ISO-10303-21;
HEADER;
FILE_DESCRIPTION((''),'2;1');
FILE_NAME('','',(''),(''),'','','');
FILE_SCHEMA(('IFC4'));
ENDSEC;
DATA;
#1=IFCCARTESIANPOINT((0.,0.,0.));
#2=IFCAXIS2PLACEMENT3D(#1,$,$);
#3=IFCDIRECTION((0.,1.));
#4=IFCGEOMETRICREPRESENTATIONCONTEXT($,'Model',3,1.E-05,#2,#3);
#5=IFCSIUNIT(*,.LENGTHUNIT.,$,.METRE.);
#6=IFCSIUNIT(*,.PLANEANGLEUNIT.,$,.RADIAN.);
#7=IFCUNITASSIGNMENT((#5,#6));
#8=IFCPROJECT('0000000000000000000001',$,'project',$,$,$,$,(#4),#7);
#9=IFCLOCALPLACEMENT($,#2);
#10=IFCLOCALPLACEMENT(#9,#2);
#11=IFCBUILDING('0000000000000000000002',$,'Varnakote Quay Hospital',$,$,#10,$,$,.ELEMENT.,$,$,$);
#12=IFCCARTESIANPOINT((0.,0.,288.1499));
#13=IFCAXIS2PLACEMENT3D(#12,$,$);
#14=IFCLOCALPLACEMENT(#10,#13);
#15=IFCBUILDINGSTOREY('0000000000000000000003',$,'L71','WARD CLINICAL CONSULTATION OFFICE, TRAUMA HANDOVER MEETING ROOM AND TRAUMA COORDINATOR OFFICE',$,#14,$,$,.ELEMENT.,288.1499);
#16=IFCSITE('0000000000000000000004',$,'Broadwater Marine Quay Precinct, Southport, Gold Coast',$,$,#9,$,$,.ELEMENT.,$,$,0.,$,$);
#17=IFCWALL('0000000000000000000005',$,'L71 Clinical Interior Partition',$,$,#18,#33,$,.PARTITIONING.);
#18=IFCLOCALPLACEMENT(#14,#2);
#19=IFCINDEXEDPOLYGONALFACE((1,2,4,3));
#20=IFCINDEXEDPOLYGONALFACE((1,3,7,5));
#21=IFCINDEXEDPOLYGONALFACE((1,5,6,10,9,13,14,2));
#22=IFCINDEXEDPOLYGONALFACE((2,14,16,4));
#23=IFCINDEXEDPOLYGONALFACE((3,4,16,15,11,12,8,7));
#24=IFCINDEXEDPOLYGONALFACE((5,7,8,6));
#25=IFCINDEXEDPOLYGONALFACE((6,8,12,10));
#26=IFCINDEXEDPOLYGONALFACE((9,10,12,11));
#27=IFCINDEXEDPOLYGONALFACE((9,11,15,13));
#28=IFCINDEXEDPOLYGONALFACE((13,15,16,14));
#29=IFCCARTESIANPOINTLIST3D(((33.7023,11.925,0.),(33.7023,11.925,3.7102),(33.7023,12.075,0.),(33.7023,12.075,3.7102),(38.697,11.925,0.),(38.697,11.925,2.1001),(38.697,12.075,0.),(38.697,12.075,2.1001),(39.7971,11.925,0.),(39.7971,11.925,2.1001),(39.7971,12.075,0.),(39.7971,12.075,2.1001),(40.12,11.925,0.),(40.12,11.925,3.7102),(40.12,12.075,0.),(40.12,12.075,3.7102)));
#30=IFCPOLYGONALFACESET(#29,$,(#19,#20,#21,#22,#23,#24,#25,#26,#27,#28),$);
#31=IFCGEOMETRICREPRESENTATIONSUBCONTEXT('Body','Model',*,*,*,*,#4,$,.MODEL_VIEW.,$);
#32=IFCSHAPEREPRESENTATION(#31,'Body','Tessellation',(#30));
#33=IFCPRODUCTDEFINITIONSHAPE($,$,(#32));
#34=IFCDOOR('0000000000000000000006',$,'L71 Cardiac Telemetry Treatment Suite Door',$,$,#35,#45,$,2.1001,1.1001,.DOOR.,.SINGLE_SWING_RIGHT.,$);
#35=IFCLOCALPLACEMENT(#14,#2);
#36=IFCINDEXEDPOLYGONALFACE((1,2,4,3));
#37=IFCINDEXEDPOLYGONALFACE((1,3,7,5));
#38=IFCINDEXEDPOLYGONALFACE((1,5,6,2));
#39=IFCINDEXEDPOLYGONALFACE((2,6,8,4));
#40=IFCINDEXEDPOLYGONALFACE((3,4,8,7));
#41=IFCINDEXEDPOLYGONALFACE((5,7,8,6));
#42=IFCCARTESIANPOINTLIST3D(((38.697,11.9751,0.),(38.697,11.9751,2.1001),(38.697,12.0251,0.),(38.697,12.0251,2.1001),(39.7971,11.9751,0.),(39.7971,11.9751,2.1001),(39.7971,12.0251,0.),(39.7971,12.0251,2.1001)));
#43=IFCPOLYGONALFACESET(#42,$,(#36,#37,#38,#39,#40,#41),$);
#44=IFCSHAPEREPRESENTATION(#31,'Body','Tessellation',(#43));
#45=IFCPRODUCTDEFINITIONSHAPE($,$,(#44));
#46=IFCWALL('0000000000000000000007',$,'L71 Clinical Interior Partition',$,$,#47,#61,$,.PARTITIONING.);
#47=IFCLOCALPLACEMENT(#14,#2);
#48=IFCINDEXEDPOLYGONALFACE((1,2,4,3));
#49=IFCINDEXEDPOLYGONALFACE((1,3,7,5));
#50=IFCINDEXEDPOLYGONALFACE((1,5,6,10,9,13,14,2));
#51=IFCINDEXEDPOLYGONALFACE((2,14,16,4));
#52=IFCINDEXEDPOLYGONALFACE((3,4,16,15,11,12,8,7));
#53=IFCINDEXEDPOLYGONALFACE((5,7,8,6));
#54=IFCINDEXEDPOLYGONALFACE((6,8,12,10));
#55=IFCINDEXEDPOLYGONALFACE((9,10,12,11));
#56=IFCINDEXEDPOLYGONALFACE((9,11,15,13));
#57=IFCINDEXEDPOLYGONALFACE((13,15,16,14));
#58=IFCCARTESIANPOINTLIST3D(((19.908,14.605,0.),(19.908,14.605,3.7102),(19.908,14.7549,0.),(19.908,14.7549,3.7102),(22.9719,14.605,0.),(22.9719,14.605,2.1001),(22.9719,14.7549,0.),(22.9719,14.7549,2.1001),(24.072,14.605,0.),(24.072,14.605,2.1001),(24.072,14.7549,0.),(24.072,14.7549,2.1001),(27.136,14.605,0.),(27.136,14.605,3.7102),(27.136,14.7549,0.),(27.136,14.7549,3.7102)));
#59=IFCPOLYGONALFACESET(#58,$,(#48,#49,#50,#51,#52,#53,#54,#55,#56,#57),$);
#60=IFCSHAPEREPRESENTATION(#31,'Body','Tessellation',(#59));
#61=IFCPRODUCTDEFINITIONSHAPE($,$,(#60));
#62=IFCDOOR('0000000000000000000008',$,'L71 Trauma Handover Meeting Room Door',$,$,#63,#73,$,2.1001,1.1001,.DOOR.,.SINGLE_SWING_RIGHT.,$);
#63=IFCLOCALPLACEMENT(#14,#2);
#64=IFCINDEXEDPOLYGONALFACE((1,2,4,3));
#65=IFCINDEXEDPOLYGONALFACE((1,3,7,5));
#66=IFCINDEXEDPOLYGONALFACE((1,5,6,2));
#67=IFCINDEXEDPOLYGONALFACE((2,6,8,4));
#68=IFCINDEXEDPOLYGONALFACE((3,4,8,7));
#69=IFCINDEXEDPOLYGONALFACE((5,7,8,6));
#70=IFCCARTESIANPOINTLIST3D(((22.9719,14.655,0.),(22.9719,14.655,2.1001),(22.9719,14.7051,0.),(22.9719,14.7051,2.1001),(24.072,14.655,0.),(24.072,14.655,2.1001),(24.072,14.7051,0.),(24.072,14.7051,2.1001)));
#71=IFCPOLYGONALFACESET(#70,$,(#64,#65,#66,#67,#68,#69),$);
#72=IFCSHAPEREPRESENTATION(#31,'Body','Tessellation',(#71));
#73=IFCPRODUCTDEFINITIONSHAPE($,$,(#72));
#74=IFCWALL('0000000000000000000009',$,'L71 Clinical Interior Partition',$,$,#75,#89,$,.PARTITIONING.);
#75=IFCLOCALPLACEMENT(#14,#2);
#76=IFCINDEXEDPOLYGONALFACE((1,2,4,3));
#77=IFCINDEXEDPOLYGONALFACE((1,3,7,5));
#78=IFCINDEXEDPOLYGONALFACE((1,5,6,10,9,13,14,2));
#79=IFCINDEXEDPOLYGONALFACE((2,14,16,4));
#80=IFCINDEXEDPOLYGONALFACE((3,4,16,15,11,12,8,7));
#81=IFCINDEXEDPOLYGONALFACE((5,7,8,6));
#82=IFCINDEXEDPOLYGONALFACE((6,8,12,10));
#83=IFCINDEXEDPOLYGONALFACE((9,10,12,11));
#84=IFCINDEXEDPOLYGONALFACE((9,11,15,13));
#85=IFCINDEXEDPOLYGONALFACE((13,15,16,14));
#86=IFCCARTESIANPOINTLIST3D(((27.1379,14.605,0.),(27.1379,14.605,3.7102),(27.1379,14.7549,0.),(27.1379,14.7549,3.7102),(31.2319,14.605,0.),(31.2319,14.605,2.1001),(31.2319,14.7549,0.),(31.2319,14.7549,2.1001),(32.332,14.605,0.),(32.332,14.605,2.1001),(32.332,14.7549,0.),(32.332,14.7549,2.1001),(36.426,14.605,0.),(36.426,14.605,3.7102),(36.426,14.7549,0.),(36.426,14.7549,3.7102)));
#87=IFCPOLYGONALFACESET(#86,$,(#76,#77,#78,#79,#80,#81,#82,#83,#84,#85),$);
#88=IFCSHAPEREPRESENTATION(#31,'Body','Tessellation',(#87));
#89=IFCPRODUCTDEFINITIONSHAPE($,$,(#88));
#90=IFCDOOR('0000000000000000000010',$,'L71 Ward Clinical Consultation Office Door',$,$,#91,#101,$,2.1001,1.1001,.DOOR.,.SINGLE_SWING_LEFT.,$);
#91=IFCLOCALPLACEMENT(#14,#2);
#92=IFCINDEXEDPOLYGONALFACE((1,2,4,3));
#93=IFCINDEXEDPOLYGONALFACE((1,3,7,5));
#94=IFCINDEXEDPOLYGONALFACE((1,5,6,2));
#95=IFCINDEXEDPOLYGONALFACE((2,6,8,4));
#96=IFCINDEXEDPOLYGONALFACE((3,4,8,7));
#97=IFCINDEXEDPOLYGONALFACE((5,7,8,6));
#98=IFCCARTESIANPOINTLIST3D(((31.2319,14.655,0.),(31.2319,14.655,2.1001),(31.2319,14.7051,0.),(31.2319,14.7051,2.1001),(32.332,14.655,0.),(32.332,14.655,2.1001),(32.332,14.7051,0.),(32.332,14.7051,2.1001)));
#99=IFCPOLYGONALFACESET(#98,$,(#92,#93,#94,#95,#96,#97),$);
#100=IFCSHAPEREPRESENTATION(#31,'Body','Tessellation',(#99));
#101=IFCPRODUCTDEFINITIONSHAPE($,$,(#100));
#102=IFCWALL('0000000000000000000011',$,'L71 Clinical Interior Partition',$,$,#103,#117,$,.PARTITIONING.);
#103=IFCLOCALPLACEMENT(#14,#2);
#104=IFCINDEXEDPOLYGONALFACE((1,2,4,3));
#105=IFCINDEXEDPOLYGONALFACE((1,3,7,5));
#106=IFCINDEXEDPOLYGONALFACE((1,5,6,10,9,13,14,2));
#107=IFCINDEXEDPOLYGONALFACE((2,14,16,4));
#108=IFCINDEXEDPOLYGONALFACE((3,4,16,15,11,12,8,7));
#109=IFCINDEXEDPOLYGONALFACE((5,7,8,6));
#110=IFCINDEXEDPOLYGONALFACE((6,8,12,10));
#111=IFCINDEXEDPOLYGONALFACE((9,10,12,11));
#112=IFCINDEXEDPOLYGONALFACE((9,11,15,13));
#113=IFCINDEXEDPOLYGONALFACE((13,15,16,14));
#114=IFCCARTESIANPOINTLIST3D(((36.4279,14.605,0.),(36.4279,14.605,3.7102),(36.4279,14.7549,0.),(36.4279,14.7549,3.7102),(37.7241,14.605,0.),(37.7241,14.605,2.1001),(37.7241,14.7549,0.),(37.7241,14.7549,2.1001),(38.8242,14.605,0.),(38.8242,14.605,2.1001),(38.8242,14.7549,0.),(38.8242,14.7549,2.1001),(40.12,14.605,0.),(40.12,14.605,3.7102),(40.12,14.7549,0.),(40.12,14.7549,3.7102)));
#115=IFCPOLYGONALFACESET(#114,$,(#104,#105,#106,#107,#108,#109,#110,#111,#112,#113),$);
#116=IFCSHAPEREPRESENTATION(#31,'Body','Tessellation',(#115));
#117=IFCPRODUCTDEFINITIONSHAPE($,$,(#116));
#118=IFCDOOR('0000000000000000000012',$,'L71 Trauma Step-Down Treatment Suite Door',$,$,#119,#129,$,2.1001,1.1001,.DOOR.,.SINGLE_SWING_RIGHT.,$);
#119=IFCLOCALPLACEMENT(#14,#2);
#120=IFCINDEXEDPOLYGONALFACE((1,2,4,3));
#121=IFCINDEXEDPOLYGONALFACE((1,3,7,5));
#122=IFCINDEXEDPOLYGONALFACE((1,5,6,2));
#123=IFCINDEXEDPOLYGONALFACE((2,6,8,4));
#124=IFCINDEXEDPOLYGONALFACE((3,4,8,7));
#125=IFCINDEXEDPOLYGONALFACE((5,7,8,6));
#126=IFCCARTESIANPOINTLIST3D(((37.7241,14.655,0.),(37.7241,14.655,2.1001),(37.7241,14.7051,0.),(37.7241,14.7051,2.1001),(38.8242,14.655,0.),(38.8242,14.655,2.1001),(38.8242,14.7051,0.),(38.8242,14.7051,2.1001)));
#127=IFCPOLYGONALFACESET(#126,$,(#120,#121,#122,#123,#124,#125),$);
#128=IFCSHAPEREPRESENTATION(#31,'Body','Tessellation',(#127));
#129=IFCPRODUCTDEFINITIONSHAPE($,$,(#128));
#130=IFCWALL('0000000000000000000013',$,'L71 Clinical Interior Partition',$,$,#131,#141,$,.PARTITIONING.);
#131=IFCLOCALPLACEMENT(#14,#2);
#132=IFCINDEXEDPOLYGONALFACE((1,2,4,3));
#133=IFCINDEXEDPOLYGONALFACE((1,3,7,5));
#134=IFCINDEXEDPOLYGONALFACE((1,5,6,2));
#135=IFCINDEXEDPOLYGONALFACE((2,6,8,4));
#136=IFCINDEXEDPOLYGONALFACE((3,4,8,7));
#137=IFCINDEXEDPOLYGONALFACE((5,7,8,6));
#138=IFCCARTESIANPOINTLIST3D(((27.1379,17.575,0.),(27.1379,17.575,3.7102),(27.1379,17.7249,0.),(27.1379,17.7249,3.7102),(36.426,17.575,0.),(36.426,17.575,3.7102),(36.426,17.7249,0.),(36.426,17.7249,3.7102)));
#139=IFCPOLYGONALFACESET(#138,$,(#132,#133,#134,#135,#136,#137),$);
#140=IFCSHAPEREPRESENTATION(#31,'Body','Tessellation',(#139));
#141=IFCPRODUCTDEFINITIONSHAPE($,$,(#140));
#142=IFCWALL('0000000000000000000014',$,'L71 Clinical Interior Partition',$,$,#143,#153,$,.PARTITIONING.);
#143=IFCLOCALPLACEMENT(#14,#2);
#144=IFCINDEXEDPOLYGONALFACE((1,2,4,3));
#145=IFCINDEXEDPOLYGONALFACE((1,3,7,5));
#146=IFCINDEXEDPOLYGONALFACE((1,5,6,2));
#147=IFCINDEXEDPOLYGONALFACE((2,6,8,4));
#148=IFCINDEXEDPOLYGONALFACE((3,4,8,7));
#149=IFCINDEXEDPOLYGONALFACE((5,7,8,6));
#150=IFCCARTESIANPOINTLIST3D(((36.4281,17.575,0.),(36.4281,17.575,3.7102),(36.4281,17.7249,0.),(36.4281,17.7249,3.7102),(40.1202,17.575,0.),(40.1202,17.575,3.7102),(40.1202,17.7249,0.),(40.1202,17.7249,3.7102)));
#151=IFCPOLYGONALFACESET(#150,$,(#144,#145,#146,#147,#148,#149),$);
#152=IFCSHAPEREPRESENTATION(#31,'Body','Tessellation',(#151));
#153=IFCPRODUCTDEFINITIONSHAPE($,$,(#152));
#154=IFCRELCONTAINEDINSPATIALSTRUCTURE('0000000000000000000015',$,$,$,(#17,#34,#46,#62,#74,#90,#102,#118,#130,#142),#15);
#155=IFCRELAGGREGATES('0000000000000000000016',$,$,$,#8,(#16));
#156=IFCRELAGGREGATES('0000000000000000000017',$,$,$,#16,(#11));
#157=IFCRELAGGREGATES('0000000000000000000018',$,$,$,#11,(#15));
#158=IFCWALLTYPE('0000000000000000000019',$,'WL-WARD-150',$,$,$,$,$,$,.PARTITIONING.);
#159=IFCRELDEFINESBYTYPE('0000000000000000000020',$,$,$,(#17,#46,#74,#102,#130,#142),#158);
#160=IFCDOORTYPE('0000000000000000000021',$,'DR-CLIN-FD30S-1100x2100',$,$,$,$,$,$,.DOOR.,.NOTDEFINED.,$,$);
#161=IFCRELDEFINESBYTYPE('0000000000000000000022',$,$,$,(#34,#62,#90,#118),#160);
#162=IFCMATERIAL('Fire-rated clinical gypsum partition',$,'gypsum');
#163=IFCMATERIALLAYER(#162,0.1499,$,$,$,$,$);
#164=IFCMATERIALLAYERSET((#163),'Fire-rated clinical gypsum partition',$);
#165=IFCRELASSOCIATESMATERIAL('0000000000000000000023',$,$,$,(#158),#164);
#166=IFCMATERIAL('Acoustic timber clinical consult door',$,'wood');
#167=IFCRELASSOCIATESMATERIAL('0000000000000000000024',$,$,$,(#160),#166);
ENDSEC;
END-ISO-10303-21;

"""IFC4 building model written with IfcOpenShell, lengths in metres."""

from ifc_helpers import new_model, si_unit, direction, frame, frame_2d, origin, place, context, subcontext, project, spatial, rectangle, extrude, material, layer, layer_set, type_object, element, fill, save


model = new_model("IFC4")

# Units and contexts
model_context = context("Model", 3, precision=1e-05, world=origin(), true_north=direction((0.0, 1.0)))
body_context = subcontext(model_context, "Body", "Model", "MODEL_VIEW")
ifc_project = project(units=[si_unit("LENGTHUNIT", "METRE"), si_unit("PLANEANGLEUNIT", "RADIAN")], contexts=[model_context])

# Site, building, storey
site_placement = place(None, origin())
site = spatial("IfcSite", under=ifc_project, at=site_placement, Name="Broadwater Marine Quay Precinct, Southport, Gold Coast", CompositionType="ELEMENT", RefElevation=0.0)
building_placement = place(site_placement, origin())
building = spatial("IfcBuilding", under=site, at=building_placement, Name="Varnakote Quay Hospital", CompositionType="ELEMENT")
storey_placement = place(building_placement, frame((0.0, 0.0, 288.1499)))
storey = spatial("IfcBuildingStorey", under=building, at=storey_placement, Name="L71", Description="WARD CLINICAL CONSULTATION OFFICE, TRAUMA HANDOVER MEETING ROOM AND TRAUMA COORDINATOR OFFICE", CompositionType="ELEMENT", Elevation=288.1499)

# Walls, openings, doors
ifc_material_1 = material(Name="Fire-rated clinical gypsum partition", Category="gypsum")
ifc_layer_1 = layer(ifc_material_1, 0.1499)
ifc_layer_set_1 = layer_set([ifc_layer_1], Name="Fire-rated clinical gypsum partition")
wall_type_1 = type_object("IfcWallType", Name="WL-WARD-150", PredefinedType="PARTITIONING", material=ifc_layer_set_1)
ifc_material_2 = material(Name="Acoustic timber clinical consult door", Category="wood")
door_type = type_object("IfcDoorType", Name="DR-CLIN-FD30S-1100x2100", OperationType="NOTDEFINED", PredefinedType="DOOR", material=ifc_material_2)
wall_1_placement = place(storey_placement, frame((40.1201, 12.0, 0.0), z_axis=(0.0, 0.0, 1.0), x_axis=(-1.0, 0.0, 0.0)))
wall_1 = element("IfcWall", 1, at=wall_1_placement, inside=storey, type_object=wall_type_1, Name="L71 Clinical Interior Partition", PredefinedType="PARTITIONING", context=body_context, shape_type="SweptSolid", body=[
    extrude(rectangle(XDim=6.4177, YDim=0.1499, at=frame_2d((3.209, 0.0))), origin(), (0.0, 0.0, 1.0), 3.7102),
])
opening_1_placement = place(wall_1_placement, frame((0.323, 0.0, 0.0)))
opening_1 = element("IfcOpeningElement", 2, at=opening_1_placement, cuts=wall_1, PredefinedType="OPENING", context=body_context, shape_type="SweptSolid", body=[
    extrude(rectangle(XDim=1.1001, YDim=2.1001, at=frame_2d((0.55, 1.05))), frame((0.0, 0.085, 0.0), z_axis=(0.0, -1.0, 0.0), x_axis=(1.0, 0.0, 0.0)), (0.0, 0.0, 1.0), 0.1699),
])
door_1_placement = place(opening_1_placement, origin())
door_1 = element("IfcDoor", 3, at=door_1_placement, inside=storey, type_object=door_type, Name="L71 Cardiac Telemetry Treatment Suite Door", OperationType="SINGLE_SWING_RIGHT", OverallHeight=2.1001, OverallWidth=1.1001, PredefinedType="DOOR", context=body_context, shape_type="SweptSolid", body=[
    extrude(rectangle(XDim=1.1001, YDim=2.1001, at=frame_2d((0.55, 1.05))), frame((0.0, 0.0249, 0.0), z_axis=(0.0, -1.0, 0.0), x_axis=(1.0, 0.0, 0.0)), (0.0, 0.0, 1.0), 0.05),
])
fill(opening_1, door_1)
wall_2_placement = place(storey_placement, frame((27.136, 14.6799, 0.0), z_axis=(0.0, 0.0, 1.0), x_axis=(-1.0, 0.0, 0.0)))
wall_2 = element("IfcWall", 4, at=wall_2_placement, inside=storey, type_object=wall_type_1, Name="L71 Clinical Interior Partition", PredefinedType="PARTITIONING", context=body_context, shape_type="SweptSolid", body=[
    extrude(rectangle(XDim=7.228, YDim=0.1499, at=frame_2d((3.614, 0.0))), origin(), (0.0, 0.0, 1.0), 3.7102),
])
opening_2_placement = place(wall_2_placement, frame((3.064, 0.0, 0.0)))
opening_2 = element("IfcOpeningElement", 5, at=opening_2_placement, cuts=wall_2, PredefinedType="OPENING", context=body_context, shape_type="SweptSolid", body=[
    extrude(rectangle(XDim=1.1001, YDim=2.1001, at=frame_2d((0.55, 1.05))), frame((0.0, 0.085, 0.0), z_axis=(0.0, -1.0, 0.0), x_axis=(1.0, 0.0, 0.0)), (0.0, 0.0, 1.0), 0.1699),
])
door_2_placement = place(opening_2_placement, origin())
door_2 = element("IfcDoor", 6, at=door_2_placement, inside=storey, type_object=door_type, Name="L71 Trauma Handover Meeting Room Door", OperationType="SINGLE_SWING_RIGHT", OverallHeight=2.1001, OverallWidth=1.1001, PredefinedType="DOOR", context=body_context, shape_type="SweptSolid", body=[
    extrude(rectangle(XDim=1.1001, YDim=2.1001, at=frame_2d((0.55, 1.05))), frame((0.0, 0.0249, 0.0), z_axis=(0.0, -1.0, 0.0), x_axis=(1.0, 0.0, 0.0)), (0.0, 0.0, 1.0), 0.05),
])
fill(opening_2, door_2)
wall_3_placement = place(storey_placement, frame((36.426, 14.6799, 0.0), z_axis=(0.0, 0.0, 1.0), x_axis=(-1.0, 0.0, 0.0)))
wall_3 = element("IfcWall", 7, at=wall_3_placement, inside=storey, type_object=wall_type_1, Name="L71 Clinical Interior Partition", PredefinedType="PARTITIONING", context=body_context, shape_type="SweptSolid", body=[
    extrude(rectangle(XDim=9.2881, YDim=0.1499, at=frame_2d((4.644, 0.0))), origin(), (0.0, 0.0, 1.0), 3.7102),
])
opening_3_placement = place(wall_3_placement, frame((4.094, 0.0, 0.0)))
opening_3 = element("IfcOpeningElement", 8, at=opening_3_placement, cuts=wall_3, PredefinedType="OPENING", context=body_context, shape_type="SweptSolid", body=[
    extrude(rectangle(XDim=1.1001, YDim=2.1001, at=frame_2d((0.55, 1.05))), frame((0.0, 0.085, 0.0), z_axis=(0.0, -1.0, 0.0), x_axis=(1.0, 0.0, 0.0)), (0.0, 0.0, 1.0), 0.1699),
])
door_3_placement = place(opening_3_placement, origin())
door_3 = element("IfcDoor", 9, at=door_3_placement, inside=storey, type_object=door_type, Name="L71 Ward Clinical Consultation Office Door", OperationType="SINGLE_SWING_LEFT", OverallHeight=2.1001, OverallWidth=1.1001, PredefinedType="DOOR", context=body_context, shape_type="SweptSolid", body=[
    extrude(rectangle(XDim=1.1001, YDim=2.1001, at=frame_2d((0.55, 1.05))), frame((0.0, 0.0249, 0.0), z_axis=(0.0, -1.0, 0.0), x_axis=(1.0, 0.0, 0.0)), (0.0, 0.0, 1.0), 0.05),
])
fill(opening_3, door_3)
wall_4_placement = place(storey_placement, frame((40.1201, 14.6799, 0.0), z_axis=(0.0, 0.0, 1.0), x_axis=(-1.0, 0.0, 0.0)))
wall_4 = element("IfcWall", 10, at=wall_4_placement, inside=storey, type_object=wall_type_1, Name="L71 Clinical Interior Partition", PredefinedType="PARTITIONING", context=body_context, shape_type="SweptSolid", body=[
    extrude(rectangle(XDim=3.6921, YDim=0.1499, at=frame_2d((1.8462, 0.0))), origin(), (0.0, 0.0, 1.0), 3.7102),
])
opening_4_placement = place(wall_4_placement, frame((1.2959, 0.0, 0.0)))
opening_4 = element("IfcOpeningElement", 11, at=opening_4_placement, cuts=wall_4, PredefinedType="OPENING", context=body_context, shape_type="SweptSolid", body=[
    extrude(rectangle(XDim=1.1001, YDim=2.1001, at=frame_2d((0.55, 1.05))), frame((0.0, 0.085, 0.0), z_axis=(0.0, -1.0, 0.0), x_axis=(1.0, 0.0, 0.0)), (0.0, 0.0, 1.0), 0.1699),
])
door_4_placement = place(opening_4_placement, origin())
door_4 = element("IfcDoor", 12, at=door_4_placement, inside=storey, type_object=door_type, Name="L71 Trauma Step-Down Treatment Suite Door", OperationType="SINGLE_SWING_RIGHT", OverallHeight=2.1001, OverallWidth=1.1001, PredefinedType="DOOR", context=body_context, shape_type="SweptSolid", body=[
    extrude(rectangle(XDim=1.1001, YDim=2.1001, at=frame_2d((0.55, 1.05))), frame((0.0, 0.0249, 0.0), z_axis=(0.0, -1.0, 0.0), x_axis=(1.0, 0.0, 0.0)), (0.0, 0.0, 1.0), 0.05),
])
fill(opening_4, door_4)

# Walls
wall_5_placement = place(storey_placement, frame((27.1379, 17.6499, 0.0), z_axis=(0.0, 0.0, 1.0), x_axis=(1.0, 0.0, 0.0)))
element("IfcWall", 13, at=wall_5_placement, inside=storey, type_object=wall_type_1, Name="L71 Clinical Interior Partition", PredefinedType="PARTITIONING", context=body_context, shape_type="SweptSolid", body=[
    extrude(rectangle(XDim=9.2881, YDim=0.1499, at=frame_2d((4.644, 0.0))), origin(), (0.0, 0.0, 1.0), 3.7102),
])
wall_6_placement = place(storey_placement, frame((36.428, 17.6499, 0.0), z_axis=(0.0, 0.0, 1.0), x_axis=(1.0, 0.0, 0.0)))
element("IfcWall", 14, at=wall_6_placement, inside=storey, type_object=wall_type_1, Name="L71 Clinical Interior Partition", PredefinedType="PARTITIONING", context=body_context, shape_type="SweptSolid", body=[
    extrude(rectangle(XDim=3.6921, YDim=0.1499, at=frame_2d((1.8462, 0.0))), origin(), (0.0, 0.0, 1.0), 3.7102),
])

save(model, "model.ifc")
